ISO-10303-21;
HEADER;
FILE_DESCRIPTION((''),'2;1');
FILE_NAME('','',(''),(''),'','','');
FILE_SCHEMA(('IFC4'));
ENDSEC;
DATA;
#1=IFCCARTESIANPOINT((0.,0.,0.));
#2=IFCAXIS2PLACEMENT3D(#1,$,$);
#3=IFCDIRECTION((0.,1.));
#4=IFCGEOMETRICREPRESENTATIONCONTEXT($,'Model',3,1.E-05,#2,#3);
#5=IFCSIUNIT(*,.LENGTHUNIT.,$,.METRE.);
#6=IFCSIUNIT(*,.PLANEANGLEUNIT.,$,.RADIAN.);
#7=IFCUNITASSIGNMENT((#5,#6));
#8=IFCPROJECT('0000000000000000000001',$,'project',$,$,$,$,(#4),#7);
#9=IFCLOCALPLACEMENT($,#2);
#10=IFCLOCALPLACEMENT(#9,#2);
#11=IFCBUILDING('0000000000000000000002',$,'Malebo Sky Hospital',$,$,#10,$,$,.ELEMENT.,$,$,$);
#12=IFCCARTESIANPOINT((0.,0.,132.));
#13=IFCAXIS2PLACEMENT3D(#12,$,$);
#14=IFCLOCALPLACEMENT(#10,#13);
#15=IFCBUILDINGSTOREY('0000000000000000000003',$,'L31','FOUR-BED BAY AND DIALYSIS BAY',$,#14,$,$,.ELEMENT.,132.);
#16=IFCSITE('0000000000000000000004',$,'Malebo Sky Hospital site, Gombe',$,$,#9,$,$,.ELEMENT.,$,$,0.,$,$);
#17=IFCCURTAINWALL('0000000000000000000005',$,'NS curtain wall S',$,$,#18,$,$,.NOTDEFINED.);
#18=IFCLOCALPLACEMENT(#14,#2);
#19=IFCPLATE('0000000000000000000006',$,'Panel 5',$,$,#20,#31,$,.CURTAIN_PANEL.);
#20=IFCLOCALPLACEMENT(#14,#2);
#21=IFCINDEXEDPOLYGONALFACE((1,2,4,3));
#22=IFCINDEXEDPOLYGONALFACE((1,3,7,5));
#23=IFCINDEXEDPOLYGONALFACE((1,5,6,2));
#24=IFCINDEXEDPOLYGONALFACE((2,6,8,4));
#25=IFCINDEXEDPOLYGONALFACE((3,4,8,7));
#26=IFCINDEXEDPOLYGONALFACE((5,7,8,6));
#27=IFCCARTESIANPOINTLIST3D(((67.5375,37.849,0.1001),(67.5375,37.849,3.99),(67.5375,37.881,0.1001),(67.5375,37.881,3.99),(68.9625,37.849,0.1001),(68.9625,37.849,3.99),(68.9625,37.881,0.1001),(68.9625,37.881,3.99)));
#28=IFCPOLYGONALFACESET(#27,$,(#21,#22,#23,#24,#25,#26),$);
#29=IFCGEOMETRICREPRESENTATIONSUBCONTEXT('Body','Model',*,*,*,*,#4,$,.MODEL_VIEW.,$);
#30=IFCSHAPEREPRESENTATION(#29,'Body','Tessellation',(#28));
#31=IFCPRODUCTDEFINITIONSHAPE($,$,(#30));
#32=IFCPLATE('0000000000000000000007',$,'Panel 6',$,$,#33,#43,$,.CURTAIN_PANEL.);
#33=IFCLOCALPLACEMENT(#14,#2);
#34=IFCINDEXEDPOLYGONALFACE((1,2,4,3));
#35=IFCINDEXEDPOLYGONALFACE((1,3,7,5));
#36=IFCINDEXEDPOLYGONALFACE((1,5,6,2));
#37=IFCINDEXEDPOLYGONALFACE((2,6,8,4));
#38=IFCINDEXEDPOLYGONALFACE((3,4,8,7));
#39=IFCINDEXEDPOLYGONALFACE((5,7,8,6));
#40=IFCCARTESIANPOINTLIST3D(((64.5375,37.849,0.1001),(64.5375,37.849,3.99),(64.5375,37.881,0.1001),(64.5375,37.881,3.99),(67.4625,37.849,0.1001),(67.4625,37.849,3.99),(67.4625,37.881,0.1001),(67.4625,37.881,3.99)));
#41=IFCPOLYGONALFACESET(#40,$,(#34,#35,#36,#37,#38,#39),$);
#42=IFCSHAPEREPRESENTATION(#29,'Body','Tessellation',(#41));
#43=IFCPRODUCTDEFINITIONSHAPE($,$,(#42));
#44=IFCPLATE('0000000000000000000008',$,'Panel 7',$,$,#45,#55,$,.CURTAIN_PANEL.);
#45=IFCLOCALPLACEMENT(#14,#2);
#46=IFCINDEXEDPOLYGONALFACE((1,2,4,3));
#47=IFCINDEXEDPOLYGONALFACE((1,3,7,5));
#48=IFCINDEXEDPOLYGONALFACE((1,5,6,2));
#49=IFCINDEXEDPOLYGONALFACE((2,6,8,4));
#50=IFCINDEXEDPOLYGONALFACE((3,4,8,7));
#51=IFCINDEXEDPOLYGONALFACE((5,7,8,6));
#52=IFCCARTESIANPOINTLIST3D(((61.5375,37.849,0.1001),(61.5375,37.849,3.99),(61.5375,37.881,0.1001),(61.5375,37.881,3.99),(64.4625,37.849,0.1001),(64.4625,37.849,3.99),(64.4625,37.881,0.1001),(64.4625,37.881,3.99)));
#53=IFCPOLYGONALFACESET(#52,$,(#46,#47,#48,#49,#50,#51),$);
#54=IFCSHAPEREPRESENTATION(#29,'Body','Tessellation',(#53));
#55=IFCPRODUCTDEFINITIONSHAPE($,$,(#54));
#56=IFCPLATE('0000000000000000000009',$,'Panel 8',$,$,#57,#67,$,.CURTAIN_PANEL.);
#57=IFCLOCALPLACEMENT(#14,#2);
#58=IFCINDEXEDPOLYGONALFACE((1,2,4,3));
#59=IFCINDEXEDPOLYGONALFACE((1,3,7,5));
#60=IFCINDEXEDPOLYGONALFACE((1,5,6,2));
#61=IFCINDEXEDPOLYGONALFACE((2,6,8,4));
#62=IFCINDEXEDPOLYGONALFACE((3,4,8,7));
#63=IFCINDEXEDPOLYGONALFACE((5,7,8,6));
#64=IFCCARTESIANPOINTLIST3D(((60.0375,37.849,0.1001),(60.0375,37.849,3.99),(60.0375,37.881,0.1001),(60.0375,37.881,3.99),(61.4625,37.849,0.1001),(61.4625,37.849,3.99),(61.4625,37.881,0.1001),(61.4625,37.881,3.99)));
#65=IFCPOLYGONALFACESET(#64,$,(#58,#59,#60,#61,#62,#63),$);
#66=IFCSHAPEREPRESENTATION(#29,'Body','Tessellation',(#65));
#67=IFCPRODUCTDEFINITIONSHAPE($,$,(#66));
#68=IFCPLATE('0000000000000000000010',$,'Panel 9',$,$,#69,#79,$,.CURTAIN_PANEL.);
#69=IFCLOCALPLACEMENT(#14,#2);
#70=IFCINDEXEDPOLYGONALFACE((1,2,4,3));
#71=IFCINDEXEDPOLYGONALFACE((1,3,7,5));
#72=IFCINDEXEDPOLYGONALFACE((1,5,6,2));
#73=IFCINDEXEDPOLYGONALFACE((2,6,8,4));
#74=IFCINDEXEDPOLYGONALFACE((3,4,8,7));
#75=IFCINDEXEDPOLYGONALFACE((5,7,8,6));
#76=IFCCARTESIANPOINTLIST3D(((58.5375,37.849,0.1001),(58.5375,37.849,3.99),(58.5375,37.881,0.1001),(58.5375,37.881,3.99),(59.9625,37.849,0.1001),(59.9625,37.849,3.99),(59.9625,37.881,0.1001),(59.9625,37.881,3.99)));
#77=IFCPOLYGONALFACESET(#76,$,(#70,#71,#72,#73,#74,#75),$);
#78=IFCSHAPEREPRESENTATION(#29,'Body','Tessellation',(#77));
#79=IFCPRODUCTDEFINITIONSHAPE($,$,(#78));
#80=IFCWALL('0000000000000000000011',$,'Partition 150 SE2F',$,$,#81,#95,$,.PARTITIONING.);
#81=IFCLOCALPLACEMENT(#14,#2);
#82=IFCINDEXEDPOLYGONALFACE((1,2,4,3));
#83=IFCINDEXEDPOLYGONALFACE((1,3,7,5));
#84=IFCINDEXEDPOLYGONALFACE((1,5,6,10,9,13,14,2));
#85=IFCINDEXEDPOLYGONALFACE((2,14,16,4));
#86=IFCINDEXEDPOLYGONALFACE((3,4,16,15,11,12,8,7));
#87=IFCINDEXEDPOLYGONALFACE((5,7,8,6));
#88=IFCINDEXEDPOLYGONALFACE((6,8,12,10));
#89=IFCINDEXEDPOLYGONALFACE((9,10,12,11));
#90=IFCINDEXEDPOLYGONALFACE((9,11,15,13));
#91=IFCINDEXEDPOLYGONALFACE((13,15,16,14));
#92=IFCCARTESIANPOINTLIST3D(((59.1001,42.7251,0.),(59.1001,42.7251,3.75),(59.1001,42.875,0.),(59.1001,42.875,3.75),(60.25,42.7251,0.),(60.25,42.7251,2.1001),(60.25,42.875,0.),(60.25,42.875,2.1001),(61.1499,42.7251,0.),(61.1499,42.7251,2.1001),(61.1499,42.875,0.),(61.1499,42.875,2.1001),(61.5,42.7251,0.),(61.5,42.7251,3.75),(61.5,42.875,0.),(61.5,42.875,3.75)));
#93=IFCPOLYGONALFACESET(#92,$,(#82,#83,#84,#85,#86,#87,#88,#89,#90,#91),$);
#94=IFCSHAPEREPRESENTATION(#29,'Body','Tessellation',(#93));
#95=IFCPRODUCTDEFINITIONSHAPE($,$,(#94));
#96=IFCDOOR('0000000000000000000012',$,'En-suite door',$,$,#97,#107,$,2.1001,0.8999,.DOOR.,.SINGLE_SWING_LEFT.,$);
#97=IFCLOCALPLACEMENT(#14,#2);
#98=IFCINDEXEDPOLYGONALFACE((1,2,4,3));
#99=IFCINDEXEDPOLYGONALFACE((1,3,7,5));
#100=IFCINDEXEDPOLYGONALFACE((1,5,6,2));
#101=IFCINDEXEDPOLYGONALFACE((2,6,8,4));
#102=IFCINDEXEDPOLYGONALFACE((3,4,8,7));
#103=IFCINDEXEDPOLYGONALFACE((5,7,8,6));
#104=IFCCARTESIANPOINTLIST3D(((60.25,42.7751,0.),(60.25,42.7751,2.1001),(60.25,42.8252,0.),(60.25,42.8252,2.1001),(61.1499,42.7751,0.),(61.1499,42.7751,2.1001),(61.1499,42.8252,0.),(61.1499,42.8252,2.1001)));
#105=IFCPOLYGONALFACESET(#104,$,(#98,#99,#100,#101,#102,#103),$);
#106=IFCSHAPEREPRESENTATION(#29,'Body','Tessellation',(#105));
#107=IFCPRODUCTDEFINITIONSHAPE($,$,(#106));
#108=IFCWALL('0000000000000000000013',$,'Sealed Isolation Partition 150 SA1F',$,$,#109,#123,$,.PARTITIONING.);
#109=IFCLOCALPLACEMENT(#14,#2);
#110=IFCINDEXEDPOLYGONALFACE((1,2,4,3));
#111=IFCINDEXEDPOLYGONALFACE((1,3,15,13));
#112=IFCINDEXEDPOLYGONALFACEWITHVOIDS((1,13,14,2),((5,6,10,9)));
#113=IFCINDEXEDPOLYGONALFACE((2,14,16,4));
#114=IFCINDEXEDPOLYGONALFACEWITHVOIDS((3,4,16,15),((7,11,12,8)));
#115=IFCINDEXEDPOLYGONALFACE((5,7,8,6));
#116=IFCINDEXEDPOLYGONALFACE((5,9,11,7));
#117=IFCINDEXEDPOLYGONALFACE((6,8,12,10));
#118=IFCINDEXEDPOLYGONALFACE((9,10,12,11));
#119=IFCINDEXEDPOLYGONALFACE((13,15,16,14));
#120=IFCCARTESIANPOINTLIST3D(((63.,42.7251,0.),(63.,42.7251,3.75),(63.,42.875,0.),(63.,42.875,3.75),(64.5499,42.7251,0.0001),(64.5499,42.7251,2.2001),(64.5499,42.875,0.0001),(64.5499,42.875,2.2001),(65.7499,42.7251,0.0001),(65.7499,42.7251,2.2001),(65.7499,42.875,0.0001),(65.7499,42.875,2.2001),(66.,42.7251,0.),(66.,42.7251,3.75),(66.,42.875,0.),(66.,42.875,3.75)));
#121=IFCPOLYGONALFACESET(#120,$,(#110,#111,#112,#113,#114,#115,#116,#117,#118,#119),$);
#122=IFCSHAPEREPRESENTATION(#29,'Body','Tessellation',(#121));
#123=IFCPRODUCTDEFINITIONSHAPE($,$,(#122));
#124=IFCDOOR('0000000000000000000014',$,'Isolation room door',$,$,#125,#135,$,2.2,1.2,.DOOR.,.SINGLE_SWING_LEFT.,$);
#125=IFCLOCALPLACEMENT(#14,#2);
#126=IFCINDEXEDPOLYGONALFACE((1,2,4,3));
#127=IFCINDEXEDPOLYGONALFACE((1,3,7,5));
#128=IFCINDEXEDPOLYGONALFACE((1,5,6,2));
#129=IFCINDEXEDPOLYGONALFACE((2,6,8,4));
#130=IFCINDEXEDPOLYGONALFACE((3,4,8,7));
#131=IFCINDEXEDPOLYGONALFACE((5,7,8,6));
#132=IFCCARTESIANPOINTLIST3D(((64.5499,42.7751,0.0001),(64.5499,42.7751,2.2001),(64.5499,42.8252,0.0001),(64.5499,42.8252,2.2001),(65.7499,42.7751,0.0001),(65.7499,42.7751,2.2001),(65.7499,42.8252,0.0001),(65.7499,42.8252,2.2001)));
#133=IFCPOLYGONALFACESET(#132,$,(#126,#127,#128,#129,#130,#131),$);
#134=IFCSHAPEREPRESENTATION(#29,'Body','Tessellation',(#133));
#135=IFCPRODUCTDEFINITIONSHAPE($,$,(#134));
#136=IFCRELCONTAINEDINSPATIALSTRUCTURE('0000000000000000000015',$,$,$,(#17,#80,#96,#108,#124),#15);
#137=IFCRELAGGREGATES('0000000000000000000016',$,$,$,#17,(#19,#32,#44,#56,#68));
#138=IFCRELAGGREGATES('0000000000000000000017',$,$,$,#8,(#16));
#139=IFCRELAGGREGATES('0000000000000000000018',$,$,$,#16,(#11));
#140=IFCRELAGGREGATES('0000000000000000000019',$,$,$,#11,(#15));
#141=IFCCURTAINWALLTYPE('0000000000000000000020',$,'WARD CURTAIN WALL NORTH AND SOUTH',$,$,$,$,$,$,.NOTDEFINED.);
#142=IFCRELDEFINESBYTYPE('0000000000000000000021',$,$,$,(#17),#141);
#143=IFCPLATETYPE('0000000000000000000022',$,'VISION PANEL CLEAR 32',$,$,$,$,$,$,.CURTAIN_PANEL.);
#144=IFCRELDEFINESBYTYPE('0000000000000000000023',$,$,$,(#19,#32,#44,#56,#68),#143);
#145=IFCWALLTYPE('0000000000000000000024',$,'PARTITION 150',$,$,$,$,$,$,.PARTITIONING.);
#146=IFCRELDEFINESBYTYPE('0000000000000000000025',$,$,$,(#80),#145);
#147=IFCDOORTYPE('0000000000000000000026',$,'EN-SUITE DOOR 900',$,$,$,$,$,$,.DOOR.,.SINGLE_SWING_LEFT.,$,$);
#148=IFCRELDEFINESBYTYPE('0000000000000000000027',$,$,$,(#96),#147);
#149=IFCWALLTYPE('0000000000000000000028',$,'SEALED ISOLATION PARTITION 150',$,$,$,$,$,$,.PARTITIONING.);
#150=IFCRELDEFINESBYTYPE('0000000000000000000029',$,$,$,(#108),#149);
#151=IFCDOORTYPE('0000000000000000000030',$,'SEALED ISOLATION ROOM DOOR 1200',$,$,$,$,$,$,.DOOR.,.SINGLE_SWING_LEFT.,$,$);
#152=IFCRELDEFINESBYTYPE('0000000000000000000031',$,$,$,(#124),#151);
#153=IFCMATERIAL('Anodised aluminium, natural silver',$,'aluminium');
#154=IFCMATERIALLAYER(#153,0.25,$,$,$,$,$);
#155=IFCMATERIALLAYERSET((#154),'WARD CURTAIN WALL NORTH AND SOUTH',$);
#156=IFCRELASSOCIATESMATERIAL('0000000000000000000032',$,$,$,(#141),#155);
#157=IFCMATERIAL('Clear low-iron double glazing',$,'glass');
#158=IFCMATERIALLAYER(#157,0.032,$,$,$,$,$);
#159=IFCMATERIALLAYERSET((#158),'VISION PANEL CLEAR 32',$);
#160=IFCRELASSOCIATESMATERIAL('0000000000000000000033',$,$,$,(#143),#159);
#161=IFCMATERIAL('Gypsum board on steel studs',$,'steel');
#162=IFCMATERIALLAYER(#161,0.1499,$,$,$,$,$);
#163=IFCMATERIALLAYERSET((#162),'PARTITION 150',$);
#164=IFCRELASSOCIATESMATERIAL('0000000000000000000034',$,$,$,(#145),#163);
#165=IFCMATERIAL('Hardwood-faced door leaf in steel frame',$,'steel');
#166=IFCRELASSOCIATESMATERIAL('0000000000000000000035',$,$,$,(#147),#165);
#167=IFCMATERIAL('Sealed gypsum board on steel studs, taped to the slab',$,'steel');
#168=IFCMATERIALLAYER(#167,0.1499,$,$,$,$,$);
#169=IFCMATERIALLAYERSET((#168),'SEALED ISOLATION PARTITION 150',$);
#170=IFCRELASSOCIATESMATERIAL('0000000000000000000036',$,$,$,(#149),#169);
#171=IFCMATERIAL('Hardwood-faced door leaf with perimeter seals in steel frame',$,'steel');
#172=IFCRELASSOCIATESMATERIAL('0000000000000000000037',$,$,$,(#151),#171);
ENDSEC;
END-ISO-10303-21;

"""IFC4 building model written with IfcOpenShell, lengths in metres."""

from ifc_helpers import new_model, si_unit, direction, frame, frame_2d, origin, origin_2d, place, context, subcontext, project, spatial, rectangle, extrude, material, layer, layer_set, type_object, element, fill, aggregate, save


model = new_model("IFC4")

# Units and contexts
model_context = context("Model", 3, precision=1e-05, world=origin(), true_north=direction((0.0, 1.0)))
body_context = subcontext(model_context, "Body", "Model", "MODEL_VIEW")
ifc_project = project(units=[si_unit("LENGTHUNIT", "METRE"), si_unit("PLANEANGLEUNIT", "RADIAN")], contexts=[model_context])

# Site, building, storey
site_placement = place(None, origin())
site = spatial("IfcSite", under=ifc_project, at=site_placement, Name="Malebo Sky Hospital site, Gombe", CompositionType="ELEMENT", RefElevation=0.0)
building_placement = place(site_placement, origin())
building = spatial("IfcBuilding", under=site, at=building_placement, Name="Malebo Sky Hospital", CompositionType="ELEMENT")
storey_placement = place(building_placement, frame((0.0, 0.0, 132.0)))
storey = spatial("IfcBuildingStorey", under=building, at=storey_placement, Name="L31", Description="FOUR-BED BAY AND DIALYSIS BAY", CompositionType="ELEMENT", Elevation=132.0)

# Curtain wall
ifc_material_1 = material(Name="Anodised aluminium, natural silver", Category="aluminium")
ifc_layer_1 = layer(ifc_material_1, 0.25)
ifc_layer_set_1 = layer_set([ifc_layer_1], Name="WARD CURTAIN WALL NORTH AND SOUTH")
curtain_wall_type = type_object("IfcCurtainWallType", Name="WARD CURTAIN WALL NORTH AND SOUTH", PredefinedType="NOTDEFINED", material=ifc_layer_set_1)
curtain_wall_placement = place(storey_placement, origin())
curtain_wall = element("IfcCurtainWall", 1, at=curtain_wall_placement, inside=storey, type_object=curtain_wall_type, Name="NS curtain wall S", PredefinedType="NOTDEFINED")

# Plates
ifc_material_2 = material(Name="Clear low-iron double glazing", Category="glass")
ifc_layer_2 = layer(ifc_material_2, 0.032)
ifc_layer_set_2 = layer_set([ifc_layer_2], Name="VISION PANEL CLEAR 32")
plate_type = type_object("IfcPlateType", Name="VISION PANEL CLEAR 32", PredefinedType="CURTAIN_PANEL", material=ifc_layer_set_2)
plate_1_placement = place(storey_placement, frame((68.25, 37.865, 0.1001), z_axis=(0.0, 0.0, 1.0), x_axis=(-1.0, 0.0, 0.0)))
plate_1 = element("IfcPlate", 2, at=plate_1_placement, type_object=plate_type, Name="Panel 5", PredefinedType="CURTAIN_PANEL", context=body_context, shape_type="SweptSolid", body=[
    extrude(rectangle(XDim=1.425, YDim=0.032, at=origin_2d()), origin(), (0.0, 0.0, 1.0), 3.8899),
])
plate_2_placement = place(storey_placement, frame((66.0, 37.865, 0.1001), z_axis=(0.0, 0.0, 1.0), x_axis=(-1.0, 0.0, 0.0)))
plate_2 = element("IfcPlate", 3, at=plate_2_placement, type_object=plate_type, Name="Panel 6", PredefinedType="CURTAIN_PANEL", context=body_context, shape_type="SweptSolid", body=[
    extrude(rectangle(XDim=2.925, YDim=0.032, at=origin_2d()), origin(), (0.0, 0.0, 1.0), 3.8899),
])
plate_3_placement = place(storey_placement, frame((63.0, 37.865, 0.1001), z_axis=(0.0, 0.0, 1.0), x_axis=(-1.0, 0.0, 0.0)))
plate_3 = element("IfcPlate", 4, at=plate_3_placement, type_object=plate_type, Name="Panel 7", PredefinedType="CURTAIN_PANEL", context=body_context, shape_type="SweptSolid", body=[
    extrude(rectangle(XDim=2.925, YDim=0.032, at=origin_2d()), origin(), (0.0, 0.0, 1.0), 3.8899),
])
plate_4_placement = place(storey_placement, frame((60.75, 37.865, 0.1001), z_axis=(0.0, 0.0, 1.0), x_axis=(-1.0, 0.0, 0.0)))
plate_4 = element("IfcPlate", 5, at=plate_4_placement, type_object=plate_type, Name="Panel 8", PredefinedType="CURTAIN_PANEL", context=body_context, shape_type="SweptSolid", body=[
    extrude(rectangle(XDim=1.425, YDim=0.032, at=origin_2d()), origin(), (0.0, 0.0, 1.0), 3.8899),
])
plate_5_placement = place(storey_placement, frame((59.25, 37.865, 0.1001), z_axis=(0.0, 0.0, 1.0), x_axis=(-1.0, 0.0, 0.0)))
plate_5 = element("IfcPlate", 6, at=plate_5_placement, type_object=plate_type, Name="Panel 9", PredefinedType="CURTAIN_PANEL", context=body_context, shape_type="SweptSolid", body=[
    extrude(rectangle(XDim=1.425, YDim=0.032, at=origin_2d()), origin(), (0.0, 0.0, 1.0), 3.8899),
])
aggregate(curtain_wall, [plate_1, plate_2, plate_3, plate_4, plate_5])

# Walls, openings, doors
ifc_material_3 = material(Name="Gypsum board on steel studs", Category="steel")
ifc_layer_3 = layer(ifc_material_3, 0.1499)
ifc_layer_set_3 = layer_set([ifc_layer_3], Name="PARTITION 150")
wall_type_1 = type_object("IfcWallType", Name="PARTITION 150", PredefinedType="PARTITIONING", material=ifc_layer_set_3)
wall_1_placement = place(storey_placement, frame((61.5, 42.8, 0.0), z_axis=(0.0, 0.0, 1.0), x_axis=(-1.0, 0.0, 0.0)))
wall_1 = element("IfcWall", 7, at=wall_1_placement, inside=storey, type_object=wall_type_1, Name="Partition 150 SE2F", PredefinedType="PARTITIONING", context=body_context, shape_type="SweptSolid", body=[
    extrude(rectangle(XDim=2.3999, YDim=0.1499, at=frame_2d((1.2, 0.0))), origin(), (0.0, 0.0, 1.0), 3.75),
])
opening_1_placement = place(wall_1_placement, frame((0.3501, 0.0, 0.0)))
opening_1 = element("IfcOpeningElement", 8, at=opening_1_placement, cuts=wall_1, PredefinedType="OPENING", context=body_context, shape_type="SweptSolid", body=[
    extrude(rectangle(XDim=0.8999, YDim=2.1001, at=frame_2d((0.45, 1.05))), frame((0.0, 0.085, 0.0), z_axis=(0.0, -1.0, 0.0), x_axis=(1.0, 0.0, 0.0)), (0.0, 0.0, 1.0), 0.1699),
])
ifc_material_4 = material(Name="Hardwood-faced door leaf in steel frame", Category="steel")
door_type_1 = type_object("IfcDoorType", Name="EN-SUITE DOOR 900", OperationType="SINGLE_SWING_LEFT", PredefinedType="DOOR", material=ifc_material_4)
door_1_placement = place(opening_1_placement, origin())
door_1 = element("IfcDoor", 9, at=door_1_placement, inside=storey, type_object=door_type_1, Name="En-suite door", OperationType="SINGLE_SWING_LEFT", OverallHeight=2.1001, OverallWidth=0.8999, PredefinedType="DOOR", context=body_context, shape_type="SweptSolid", body=[
    extrude(rectangle(XDim=0.8999, YDim=2.1001, at=frame_2d((0.45, 1.05))), frame((0.0, 0.0249, 0.0), z_axis=(0.0, -1.0, 0.0), x_axis=(1.0, 0.0, 0.0)), (0.0, 0.0, 1.0), 0.05),
])
fill(opening_1, door_1)
ifc_material_5 = material(Name="Sealed gypsum board on steel studs, taped to the slab", Category="steel")
ifc_layer_4 = layer(ifc_material_5, 0.1499)
ifc_layer_set_4 = layer_set([ifc_layer_4], Name="SEALED ISOLATION PARTITION 150")
wall_type_2 = type_object("IfcWallType", Name="SEALED ISOLATION PARTITION 150", PredefinedType="PARTITIONING", material=ifc_layer_set_4)
wall_2_placement = place(storey_placement, frame((66.0, 42.8, 0.0), z_axis=(0.0, 0.0, 1.0), x_axis=(-1.0, 0.0, 0.0)))
wall_2 = element("IfcWall", 10, at=wall_2_placement, inside=storey, type_object=wall_type_2, Name="Sealed Isolation Partition 150 SA1F", PredefinedType="PARTITIONING", context=body_context, shape_type="SweptSolid", body=[
    extrude(rectangle(XDim=3.0, YDim=0.1499, at=frame_2d((1.5, 0.0))), origin(), (0.0, 0.0, 1.0), 3.75),
])
opening_2_placement = place(wall_2_placement, frame((0.25, 0.0, 0.0)))
opening_2 = element("IfcOpeningElement", 11, at=opening_2_placement, cuts=wall_2, PredefinedType="OPENING", context=body_context, shape_type="SweptSolid", body=[
    extrude(rectangle(XDim=1.2, YDim=2.2, at=frame_2d((0.6001, 1.1001))), frame((0.0, 0.085, 0.0), z_axis=(0.0, -1.0, 0.0), x_axis=(1.0, 0.0, 0.0)), (0.0, 0.0, 1.0), 0.1699),
])
ifc_material_6 = material(Name="Hardwood-faced door leaf with perimeter seals in steel frame", Category="steel")
door_type_2 = type_object("IfcDoorType", Name="SEALED ISOLATION ROOM DOOR 1200", OperationType="SINGLE_SWING_LEFT", PredefinedType="DOOR", material=ifc_material_6)
door_2_placement = place(opening_2_placement, origin())
door_2 = element("IfcDoor", 12, at=door_2_placement, inside=storey, type_object=door_type_2, Name="Isolation room door", OperationType="SINGLE_SWING_LEFT", OverallHeight=2.2, OverallWidth=1.2, PredefinedType="DOOR", context=body_context, shape_type="SweptSolid", body=[
    extrude(rectangle(XDim=1.2, YDim=2.2, at=frame_2d((0.6001, 1.1001))), frame((0.0, 0.0249, 0.0), z_axis=(0.0, -1.0, 0.0), x_axis=(1.0, 0.0, 0.0)), (0.0, 0.0, 1.0), 0.05),
])
fill(opening_2, door_2)

save(model, "model.ifc")
